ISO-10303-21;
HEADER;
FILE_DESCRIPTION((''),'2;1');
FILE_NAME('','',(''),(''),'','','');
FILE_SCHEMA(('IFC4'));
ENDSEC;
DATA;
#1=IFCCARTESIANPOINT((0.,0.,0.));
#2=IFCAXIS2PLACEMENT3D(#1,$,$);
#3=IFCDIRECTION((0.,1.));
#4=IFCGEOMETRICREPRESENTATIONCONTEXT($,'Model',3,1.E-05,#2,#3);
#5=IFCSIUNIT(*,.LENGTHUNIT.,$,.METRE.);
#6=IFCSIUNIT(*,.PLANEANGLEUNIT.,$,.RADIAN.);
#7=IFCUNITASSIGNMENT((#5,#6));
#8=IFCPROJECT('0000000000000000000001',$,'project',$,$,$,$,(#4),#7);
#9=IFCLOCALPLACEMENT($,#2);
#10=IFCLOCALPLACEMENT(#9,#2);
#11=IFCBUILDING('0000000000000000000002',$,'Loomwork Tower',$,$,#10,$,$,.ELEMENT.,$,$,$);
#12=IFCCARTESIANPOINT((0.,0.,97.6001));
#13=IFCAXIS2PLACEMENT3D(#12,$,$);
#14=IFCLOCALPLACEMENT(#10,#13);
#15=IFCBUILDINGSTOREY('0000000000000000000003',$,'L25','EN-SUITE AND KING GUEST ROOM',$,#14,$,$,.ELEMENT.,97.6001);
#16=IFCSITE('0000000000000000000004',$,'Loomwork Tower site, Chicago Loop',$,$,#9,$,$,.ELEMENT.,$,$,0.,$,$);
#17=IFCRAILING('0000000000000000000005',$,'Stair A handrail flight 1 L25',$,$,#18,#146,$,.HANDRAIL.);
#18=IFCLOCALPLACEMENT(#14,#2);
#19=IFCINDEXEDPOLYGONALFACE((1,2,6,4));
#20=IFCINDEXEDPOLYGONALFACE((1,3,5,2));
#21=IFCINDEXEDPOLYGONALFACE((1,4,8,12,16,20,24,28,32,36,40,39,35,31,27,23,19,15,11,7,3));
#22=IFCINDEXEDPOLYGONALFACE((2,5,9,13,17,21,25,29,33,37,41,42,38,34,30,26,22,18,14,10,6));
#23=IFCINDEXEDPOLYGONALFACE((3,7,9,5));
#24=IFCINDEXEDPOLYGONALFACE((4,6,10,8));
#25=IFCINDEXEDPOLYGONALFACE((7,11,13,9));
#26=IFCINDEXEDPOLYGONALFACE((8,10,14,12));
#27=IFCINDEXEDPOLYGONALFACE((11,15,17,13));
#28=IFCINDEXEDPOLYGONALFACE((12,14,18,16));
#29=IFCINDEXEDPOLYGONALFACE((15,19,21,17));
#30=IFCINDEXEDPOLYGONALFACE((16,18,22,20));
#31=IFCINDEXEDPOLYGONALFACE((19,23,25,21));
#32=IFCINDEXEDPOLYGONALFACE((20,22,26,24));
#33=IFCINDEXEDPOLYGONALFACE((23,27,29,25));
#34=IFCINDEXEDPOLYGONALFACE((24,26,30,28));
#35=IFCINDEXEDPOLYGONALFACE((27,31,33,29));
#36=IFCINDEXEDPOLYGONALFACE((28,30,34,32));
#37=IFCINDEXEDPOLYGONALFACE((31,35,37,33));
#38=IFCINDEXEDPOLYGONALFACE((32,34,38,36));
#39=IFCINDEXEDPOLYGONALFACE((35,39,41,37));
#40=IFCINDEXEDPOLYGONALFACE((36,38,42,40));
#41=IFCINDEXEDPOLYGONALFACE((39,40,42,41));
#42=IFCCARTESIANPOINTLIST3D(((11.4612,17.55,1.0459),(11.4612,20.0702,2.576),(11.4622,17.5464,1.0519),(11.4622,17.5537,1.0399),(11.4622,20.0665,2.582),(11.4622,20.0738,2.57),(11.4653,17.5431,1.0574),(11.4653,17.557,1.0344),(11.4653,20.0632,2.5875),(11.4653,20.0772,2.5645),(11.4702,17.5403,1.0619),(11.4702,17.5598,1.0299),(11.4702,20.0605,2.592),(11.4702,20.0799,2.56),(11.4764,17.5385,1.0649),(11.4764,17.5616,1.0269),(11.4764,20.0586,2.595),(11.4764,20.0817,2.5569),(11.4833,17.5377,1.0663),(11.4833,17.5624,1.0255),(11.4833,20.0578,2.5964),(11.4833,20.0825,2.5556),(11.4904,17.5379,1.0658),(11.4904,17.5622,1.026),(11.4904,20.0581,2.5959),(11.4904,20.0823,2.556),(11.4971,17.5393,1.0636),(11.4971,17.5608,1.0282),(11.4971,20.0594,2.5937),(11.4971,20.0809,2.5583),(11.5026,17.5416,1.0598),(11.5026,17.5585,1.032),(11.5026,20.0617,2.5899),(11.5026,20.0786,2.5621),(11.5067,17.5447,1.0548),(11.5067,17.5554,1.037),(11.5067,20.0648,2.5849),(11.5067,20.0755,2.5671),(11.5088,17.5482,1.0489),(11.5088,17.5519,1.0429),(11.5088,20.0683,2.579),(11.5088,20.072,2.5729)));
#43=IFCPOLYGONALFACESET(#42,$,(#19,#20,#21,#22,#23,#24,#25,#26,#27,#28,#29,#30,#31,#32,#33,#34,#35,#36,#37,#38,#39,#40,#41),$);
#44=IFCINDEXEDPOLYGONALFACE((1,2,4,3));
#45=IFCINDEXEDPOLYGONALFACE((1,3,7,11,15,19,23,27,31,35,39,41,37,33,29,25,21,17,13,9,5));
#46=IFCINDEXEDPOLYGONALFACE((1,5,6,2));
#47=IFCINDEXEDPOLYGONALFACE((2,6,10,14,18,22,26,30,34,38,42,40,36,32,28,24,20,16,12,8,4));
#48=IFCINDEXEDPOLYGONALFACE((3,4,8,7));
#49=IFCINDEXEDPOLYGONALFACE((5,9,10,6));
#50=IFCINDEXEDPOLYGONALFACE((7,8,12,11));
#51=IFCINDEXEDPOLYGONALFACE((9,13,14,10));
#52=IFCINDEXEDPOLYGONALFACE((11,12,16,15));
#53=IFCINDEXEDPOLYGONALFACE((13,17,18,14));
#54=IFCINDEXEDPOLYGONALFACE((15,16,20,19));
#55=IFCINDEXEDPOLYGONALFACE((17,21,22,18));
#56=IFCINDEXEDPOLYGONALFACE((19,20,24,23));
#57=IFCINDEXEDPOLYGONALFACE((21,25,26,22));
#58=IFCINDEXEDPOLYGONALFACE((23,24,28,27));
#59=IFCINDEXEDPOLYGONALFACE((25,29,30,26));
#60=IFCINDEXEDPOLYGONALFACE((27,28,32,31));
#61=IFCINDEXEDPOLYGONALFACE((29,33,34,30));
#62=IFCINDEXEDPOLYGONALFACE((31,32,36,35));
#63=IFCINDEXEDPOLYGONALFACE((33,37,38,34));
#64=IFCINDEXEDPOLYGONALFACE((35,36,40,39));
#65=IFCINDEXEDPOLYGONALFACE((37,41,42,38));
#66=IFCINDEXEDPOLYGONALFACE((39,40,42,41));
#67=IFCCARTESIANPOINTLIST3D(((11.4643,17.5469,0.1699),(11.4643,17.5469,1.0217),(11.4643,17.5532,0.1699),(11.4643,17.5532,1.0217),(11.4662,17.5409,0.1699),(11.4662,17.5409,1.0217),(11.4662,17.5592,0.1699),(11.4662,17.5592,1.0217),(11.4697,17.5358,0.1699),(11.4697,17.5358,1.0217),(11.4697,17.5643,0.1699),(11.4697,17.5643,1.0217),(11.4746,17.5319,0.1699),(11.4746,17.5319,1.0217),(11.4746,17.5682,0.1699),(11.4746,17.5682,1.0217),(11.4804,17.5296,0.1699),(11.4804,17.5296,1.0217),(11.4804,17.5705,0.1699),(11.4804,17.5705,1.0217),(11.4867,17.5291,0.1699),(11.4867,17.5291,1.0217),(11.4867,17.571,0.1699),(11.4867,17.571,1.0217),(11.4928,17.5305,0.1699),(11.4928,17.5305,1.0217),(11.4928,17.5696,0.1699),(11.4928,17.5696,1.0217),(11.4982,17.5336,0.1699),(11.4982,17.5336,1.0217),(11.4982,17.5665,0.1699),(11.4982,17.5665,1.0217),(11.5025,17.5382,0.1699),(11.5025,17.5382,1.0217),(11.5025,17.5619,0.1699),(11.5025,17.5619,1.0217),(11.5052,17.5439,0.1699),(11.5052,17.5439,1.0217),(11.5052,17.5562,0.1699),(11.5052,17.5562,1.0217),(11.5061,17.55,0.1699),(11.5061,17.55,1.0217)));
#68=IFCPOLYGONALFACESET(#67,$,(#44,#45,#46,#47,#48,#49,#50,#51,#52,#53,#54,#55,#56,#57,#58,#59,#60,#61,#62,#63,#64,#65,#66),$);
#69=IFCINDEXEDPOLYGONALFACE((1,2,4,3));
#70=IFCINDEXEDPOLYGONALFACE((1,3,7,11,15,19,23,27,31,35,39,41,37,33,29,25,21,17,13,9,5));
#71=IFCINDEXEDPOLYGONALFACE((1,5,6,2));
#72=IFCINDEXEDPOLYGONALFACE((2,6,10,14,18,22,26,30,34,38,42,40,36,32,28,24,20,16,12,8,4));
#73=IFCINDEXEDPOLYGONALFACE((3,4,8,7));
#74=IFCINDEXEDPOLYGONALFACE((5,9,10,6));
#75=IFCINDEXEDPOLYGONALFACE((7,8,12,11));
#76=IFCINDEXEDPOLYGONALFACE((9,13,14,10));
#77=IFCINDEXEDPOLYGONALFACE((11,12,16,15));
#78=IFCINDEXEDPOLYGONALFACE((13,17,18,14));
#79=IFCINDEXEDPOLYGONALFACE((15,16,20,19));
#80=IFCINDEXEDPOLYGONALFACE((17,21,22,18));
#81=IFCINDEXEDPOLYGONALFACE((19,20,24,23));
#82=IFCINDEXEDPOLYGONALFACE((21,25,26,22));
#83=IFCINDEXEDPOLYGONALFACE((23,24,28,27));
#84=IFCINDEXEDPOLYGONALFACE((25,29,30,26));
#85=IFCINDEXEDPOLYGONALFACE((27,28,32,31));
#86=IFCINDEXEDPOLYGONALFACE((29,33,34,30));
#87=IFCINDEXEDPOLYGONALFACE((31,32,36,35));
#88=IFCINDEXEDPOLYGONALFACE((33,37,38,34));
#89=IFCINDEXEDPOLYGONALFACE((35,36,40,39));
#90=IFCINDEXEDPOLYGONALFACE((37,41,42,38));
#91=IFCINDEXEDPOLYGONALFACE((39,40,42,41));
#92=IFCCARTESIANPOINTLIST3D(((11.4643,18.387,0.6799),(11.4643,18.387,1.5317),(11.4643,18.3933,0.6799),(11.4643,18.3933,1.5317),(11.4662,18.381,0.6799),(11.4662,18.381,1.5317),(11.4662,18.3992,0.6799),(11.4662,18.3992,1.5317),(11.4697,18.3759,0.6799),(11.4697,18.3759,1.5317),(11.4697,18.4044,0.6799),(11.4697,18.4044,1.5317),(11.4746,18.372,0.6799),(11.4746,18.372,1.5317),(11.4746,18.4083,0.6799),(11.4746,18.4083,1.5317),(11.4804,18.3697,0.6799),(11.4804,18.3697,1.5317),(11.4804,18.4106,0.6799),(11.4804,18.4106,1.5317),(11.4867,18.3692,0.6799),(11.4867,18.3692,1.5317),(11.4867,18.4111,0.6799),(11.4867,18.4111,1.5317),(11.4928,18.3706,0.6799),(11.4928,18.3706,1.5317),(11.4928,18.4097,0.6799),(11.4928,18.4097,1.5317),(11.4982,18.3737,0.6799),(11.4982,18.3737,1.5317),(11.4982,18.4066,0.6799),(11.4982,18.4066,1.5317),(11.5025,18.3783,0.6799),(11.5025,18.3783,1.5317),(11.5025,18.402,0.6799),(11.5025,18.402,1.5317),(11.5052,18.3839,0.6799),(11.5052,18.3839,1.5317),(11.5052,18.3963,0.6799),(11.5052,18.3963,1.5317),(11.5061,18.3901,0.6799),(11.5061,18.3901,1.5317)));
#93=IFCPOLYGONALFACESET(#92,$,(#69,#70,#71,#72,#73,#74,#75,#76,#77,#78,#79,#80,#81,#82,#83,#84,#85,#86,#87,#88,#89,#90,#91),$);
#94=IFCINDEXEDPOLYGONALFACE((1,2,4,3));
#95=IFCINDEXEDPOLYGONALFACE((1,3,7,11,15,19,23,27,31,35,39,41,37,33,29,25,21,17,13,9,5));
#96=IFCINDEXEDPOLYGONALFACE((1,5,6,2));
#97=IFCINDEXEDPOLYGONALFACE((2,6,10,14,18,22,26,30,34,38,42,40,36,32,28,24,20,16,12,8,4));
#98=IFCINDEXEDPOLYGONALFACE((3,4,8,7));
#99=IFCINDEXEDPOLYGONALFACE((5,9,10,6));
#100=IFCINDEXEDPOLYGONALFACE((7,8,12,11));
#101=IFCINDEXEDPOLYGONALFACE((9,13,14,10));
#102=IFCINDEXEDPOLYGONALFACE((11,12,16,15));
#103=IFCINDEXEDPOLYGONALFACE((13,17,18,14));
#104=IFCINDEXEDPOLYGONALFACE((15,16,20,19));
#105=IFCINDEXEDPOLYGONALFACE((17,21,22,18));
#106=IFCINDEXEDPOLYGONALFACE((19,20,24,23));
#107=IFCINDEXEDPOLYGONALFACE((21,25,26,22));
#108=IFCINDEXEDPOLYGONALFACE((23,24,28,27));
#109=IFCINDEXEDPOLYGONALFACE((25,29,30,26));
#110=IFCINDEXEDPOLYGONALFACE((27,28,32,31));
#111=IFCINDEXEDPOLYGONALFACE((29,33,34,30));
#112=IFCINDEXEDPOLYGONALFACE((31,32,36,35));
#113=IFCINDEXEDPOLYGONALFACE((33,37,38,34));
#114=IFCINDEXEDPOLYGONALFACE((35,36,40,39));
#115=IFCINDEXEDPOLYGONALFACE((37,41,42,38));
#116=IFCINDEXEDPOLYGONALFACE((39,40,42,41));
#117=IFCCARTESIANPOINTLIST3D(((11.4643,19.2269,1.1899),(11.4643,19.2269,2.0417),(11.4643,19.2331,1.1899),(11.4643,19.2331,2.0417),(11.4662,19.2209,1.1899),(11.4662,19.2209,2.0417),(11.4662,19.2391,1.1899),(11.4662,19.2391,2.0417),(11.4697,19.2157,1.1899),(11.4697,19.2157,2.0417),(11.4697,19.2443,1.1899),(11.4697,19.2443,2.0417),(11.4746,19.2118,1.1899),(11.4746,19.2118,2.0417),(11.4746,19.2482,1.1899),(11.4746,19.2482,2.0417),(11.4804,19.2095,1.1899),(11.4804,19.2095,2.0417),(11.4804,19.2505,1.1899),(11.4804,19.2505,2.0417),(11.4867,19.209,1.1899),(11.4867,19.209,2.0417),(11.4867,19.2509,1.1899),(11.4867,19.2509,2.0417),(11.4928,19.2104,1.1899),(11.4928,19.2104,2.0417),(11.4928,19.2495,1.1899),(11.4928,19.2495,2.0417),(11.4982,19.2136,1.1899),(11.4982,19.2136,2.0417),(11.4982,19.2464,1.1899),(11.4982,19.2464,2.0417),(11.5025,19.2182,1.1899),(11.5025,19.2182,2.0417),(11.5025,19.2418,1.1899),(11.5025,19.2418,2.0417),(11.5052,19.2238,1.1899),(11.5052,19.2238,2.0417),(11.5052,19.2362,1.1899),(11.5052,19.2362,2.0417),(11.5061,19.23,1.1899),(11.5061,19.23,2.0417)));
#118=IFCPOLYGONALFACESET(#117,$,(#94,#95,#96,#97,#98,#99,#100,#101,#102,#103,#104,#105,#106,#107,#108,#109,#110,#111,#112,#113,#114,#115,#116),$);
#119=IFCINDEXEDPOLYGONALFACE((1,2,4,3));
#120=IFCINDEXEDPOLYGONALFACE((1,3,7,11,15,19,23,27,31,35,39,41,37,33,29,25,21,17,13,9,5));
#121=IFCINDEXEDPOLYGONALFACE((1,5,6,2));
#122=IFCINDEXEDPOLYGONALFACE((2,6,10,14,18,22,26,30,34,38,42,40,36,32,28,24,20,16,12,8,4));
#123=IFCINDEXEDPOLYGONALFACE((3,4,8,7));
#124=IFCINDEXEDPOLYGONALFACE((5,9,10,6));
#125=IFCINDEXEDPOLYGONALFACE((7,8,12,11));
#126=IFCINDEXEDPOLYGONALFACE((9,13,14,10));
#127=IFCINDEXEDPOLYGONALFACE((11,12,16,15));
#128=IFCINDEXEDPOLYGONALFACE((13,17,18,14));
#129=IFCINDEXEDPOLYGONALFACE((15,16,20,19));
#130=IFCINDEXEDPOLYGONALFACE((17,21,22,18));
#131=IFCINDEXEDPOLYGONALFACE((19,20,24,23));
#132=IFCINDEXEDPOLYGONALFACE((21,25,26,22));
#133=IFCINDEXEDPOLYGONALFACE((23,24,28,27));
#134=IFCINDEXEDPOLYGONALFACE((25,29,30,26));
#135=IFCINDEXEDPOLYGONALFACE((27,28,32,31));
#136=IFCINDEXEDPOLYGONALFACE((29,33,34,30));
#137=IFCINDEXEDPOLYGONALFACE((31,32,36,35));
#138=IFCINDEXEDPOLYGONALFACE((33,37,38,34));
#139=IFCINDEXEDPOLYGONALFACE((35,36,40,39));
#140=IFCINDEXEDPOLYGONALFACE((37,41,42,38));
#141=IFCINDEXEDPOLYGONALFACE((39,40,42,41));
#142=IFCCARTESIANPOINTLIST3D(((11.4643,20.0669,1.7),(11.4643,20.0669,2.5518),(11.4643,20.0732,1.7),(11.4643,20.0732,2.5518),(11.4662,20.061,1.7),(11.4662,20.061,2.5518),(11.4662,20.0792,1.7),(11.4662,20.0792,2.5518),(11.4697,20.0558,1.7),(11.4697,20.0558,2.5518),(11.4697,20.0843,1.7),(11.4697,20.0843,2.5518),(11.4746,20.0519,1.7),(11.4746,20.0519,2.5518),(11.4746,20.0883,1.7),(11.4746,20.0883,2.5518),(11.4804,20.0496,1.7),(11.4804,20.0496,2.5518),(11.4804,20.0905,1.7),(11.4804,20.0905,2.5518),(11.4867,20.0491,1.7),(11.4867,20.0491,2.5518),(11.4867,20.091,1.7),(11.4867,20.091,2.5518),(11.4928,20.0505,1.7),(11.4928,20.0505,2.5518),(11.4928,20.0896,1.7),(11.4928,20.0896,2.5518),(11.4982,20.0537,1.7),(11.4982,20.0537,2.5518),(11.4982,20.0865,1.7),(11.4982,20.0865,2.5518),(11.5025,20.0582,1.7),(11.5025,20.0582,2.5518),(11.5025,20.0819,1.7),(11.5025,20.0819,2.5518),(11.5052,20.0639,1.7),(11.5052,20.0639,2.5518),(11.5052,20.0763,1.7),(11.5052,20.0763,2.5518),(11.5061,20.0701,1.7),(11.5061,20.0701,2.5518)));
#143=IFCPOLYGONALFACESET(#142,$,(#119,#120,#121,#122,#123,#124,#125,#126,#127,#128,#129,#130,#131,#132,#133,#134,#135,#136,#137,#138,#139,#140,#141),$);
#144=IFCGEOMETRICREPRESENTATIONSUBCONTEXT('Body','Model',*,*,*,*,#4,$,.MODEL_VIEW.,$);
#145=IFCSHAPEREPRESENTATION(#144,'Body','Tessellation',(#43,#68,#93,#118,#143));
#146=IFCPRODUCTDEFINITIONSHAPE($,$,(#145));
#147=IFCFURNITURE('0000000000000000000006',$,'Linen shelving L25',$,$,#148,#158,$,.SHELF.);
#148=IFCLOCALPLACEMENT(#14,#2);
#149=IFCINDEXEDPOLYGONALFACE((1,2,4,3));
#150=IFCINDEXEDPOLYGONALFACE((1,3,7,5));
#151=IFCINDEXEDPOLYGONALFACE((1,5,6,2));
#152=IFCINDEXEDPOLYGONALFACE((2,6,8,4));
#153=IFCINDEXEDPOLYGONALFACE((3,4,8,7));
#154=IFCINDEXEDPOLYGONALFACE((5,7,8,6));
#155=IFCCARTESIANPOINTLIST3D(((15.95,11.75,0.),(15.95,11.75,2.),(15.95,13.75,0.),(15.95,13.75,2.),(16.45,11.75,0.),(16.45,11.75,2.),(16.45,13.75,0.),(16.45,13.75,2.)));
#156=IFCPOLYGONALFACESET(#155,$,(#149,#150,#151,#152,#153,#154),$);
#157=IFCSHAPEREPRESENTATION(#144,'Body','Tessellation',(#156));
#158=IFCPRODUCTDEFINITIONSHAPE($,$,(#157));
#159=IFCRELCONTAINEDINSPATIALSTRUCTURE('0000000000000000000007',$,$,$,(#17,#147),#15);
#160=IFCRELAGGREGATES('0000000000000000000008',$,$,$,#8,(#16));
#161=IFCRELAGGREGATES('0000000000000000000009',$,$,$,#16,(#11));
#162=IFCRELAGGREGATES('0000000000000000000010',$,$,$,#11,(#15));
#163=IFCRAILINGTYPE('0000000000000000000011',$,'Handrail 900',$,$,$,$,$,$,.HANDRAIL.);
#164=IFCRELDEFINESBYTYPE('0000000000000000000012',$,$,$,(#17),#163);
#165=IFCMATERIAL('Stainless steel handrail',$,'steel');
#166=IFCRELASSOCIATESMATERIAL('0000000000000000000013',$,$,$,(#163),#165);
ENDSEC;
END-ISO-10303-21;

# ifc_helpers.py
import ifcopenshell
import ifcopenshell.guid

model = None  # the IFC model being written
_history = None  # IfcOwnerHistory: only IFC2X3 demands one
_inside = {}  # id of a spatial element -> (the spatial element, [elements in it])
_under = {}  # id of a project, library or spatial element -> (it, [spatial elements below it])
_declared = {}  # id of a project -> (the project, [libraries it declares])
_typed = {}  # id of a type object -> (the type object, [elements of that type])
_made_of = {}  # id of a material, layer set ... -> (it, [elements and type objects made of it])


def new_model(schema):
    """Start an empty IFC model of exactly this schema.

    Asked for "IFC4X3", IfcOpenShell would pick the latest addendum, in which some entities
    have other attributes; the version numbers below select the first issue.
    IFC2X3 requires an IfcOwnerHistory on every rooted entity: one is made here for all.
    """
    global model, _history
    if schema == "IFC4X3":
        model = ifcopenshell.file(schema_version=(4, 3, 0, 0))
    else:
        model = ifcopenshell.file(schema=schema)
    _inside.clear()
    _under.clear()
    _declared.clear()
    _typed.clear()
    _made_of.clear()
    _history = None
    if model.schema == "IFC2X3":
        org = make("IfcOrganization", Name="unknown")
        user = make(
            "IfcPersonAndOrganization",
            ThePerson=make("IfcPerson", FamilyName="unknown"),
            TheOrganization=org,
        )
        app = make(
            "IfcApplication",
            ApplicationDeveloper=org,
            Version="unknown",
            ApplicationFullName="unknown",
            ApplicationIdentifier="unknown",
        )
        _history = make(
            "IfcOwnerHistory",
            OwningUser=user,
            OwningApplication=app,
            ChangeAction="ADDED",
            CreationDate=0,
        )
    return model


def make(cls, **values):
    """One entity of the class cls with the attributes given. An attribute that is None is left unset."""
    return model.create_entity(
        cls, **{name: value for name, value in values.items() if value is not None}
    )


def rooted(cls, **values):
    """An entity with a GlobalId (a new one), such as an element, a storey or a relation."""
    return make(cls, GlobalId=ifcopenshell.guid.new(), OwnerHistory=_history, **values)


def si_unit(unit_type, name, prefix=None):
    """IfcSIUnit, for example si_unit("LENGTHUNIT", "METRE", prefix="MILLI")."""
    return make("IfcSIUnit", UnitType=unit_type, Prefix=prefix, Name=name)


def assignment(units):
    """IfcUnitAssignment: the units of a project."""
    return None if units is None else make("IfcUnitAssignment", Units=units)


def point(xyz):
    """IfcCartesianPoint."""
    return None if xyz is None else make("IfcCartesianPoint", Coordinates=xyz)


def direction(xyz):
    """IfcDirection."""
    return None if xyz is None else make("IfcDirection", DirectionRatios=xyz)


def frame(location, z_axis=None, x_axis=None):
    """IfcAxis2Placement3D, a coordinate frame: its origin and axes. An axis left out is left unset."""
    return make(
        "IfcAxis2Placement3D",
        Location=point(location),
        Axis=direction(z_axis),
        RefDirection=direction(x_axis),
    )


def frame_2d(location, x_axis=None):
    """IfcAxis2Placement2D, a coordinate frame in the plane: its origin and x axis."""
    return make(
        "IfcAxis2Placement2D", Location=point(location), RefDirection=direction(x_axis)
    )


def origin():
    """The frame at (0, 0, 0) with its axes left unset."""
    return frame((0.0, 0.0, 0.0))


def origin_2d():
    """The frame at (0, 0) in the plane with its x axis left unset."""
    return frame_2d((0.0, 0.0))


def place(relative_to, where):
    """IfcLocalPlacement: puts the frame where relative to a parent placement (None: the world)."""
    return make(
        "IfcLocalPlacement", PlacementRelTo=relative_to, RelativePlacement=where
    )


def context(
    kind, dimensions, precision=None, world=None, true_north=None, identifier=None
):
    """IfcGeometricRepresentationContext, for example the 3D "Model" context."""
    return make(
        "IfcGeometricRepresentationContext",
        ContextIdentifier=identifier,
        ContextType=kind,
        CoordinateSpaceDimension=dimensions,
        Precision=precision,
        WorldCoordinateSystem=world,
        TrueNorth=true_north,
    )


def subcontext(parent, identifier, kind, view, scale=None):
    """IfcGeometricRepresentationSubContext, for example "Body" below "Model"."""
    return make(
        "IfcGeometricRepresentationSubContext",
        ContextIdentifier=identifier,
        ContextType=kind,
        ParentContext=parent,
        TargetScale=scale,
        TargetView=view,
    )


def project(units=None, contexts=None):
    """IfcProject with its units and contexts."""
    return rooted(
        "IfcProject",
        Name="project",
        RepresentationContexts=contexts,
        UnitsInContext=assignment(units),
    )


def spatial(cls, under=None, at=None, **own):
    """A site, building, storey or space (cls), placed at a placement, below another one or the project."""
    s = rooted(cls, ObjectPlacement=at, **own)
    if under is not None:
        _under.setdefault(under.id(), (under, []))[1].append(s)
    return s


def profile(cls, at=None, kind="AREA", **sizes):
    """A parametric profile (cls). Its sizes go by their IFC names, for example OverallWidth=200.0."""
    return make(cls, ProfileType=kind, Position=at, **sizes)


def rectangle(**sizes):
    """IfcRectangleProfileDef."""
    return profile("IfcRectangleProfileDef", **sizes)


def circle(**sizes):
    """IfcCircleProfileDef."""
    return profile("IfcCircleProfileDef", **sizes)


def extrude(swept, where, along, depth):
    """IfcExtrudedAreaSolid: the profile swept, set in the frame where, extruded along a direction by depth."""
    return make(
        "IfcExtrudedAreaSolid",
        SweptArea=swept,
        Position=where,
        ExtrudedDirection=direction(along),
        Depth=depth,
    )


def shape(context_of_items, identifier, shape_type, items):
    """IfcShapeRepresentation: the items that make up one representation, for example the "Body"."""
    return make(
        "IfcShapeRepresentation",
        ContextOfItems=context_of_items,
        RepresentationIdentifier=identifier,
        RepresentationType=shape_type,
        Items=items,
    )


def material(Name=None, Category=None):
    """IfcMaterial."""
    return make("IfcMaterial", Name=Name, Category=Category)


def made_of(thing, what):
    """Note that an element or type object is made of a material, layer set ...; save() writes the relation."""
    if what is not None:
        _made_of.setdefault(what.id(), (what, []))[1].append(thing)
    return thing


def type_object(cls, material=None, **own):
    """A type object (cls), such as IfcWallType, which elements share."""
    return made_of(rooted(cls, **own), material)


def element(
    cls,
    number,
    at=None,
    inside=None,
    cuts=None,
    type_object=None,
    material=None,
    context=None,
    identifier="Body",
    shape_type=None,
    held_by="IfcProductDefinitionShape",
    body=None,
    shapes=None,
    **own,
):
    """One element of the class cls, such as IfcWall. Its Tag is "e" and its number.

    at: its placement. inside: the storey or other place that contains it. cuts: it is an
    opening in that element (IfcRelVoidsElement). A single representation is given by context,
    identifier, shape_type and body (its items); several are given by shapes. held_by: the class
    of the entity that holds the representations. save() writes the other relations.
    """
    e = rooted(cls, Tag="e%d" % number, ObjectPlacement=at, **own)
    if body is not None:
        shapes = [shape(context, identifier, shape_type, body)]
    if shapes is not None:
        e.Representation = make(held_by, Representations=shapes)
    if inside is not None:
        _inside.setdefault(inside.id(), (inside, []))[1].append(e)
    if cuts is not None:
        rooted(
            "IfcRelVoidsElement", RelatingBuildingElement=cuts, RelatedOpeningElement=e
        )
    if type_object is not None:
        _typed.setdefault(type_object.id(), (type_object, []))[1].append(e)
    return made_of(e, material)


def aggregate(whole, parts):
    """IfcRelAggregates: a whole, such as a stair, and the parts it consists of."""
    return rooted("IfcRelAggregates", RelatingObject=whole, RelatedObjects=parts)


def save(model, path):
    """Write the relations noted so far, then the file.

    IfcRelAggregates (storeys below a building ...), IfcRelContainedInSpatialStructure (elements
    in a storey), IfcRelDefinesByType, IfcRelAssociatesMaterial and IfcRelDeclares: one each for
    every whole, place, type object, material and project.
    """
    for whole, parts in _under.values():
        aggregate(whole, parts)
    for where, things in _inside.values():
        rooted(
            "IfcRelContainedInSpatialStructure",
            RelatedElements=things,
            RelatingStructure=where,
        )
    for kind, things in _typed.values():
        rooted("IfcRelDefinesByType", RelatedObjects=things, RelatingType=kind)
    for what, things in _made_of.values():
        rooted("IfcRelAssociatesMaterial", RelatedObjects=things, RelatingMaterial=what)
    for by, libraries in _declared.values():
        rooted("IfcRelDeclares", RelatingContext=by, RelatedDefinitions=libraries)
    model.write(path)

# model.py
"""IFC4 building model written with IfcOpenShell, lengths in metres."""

from ifc_helpers import new_model, si_unit, direction, frame, origin, origin_2d, place, context, subcontext, project, spatial, rectangle, circle, extrude, material, type_object, element, save


model = new_model("IFC4")

# Units and contexts
model_context = context("Model", 3, precision=1e-05, world=origin(), true_north=direction((0.0, 1.0)))
body_context = subcontext(model_context, "Body", "Model", "MODEL_VIEW")
ifc_project = project(units=[si_unit("LENGTHUNIT", "METRE"), si_unit("PLANEANGLEUNIT", "RADIAN")], contexts=[model_context])

# Site, building, storey
site_placement = place(None, origin())
site = spatial("IfcSite", under=ifc_project, at=site_placement, Name="Loomwork Tower site, Chicago Loop", CompositionType="ELEMENT", RefElevation=0.0)
building_placement = place(site_placement, origin())
building = spatial("IfcBuilding", under=site, at=building_placement, Name="Loomwork Tower", CompositionType="ELEMENT")
storey_placement = place(building_placement, frame((0.0, 0.0, 97.6001)))
storey = spatial("IfcBuildingStorey", under=building, at=storey_placement, Name="L25", Description="EN-SUITE AND KING GUEST ROOM", CompositionType="ELEMENT", Elevation=97.6001)

# Railing
ifc_material_1 = material(Name="Stainless steel handrail", Category="steel")
railing_type = type_object("IfcRailingType", Name="Handrail 900", PredefinedType="HANDRAIL", material=ifc_material_1)
railing_placement = place(storey_placement, frame((11.4851, 17.55, 0.1699)))
element("IfcRailing", 1, at=railing_placement, inside=storey, type_object=railing_type, Name="Stair A handrail flight 1 L25", PredefinedType="HANDRAIL", context=body_context, shape_type="SweptSolid", body=[
    extrude(circle(Radius=0.0239, at=origin_2d()), frame((0.0, 0.0, 0.876), z_axis=(0.0, 0.854785, 0.518982), x_axis=(-1.0, 0.0, 0.0)), (0.0, 0.0, 1.0), 2.9482),
    extrude(circle(Radius=0.021, at=origin_2d()), origin(), (0.0, 0.0, 1.0), 0.8518),
    extrude(circle(Radius=0.021, at=origin_2d()), frame((0.0, 0.8401, 0.51)), (0.0, 0.0, 1.0), 0.8518),
    extrude(circle(Radius=0.021, at=origin_2d()), frame((0.0, 1.6799, 1.02)), (0.0, 0.0, 1.0), 0.8518),
    extrude(circle(Radius=0.021, at=origin_2d()), frame((0.0, 2.52, 1.53)), (0.0, 0.0, 1.0), 0.8518),
])

# Furniture
furniture_placement = place(storey_placement, frame((16.2, 12.75, 0.0), z_axis=(0.0, 0.0, 1.0), x_axis=(1.0, 0.0, 0.0)))
element("IfcFurniture", 2, at=furniture_placement, inside=storey, Name="Linen shelving L25", PredefinedType="SHELF", context=body_context, shape_type="SweptSolid", body=[
    extrude(rectangle(XDim=0.5, YDim=2.0, at=origin_2d()), origin(), (0.0, 0.0, 1.0), 2.0),
])

save(model, "model.ifc")
